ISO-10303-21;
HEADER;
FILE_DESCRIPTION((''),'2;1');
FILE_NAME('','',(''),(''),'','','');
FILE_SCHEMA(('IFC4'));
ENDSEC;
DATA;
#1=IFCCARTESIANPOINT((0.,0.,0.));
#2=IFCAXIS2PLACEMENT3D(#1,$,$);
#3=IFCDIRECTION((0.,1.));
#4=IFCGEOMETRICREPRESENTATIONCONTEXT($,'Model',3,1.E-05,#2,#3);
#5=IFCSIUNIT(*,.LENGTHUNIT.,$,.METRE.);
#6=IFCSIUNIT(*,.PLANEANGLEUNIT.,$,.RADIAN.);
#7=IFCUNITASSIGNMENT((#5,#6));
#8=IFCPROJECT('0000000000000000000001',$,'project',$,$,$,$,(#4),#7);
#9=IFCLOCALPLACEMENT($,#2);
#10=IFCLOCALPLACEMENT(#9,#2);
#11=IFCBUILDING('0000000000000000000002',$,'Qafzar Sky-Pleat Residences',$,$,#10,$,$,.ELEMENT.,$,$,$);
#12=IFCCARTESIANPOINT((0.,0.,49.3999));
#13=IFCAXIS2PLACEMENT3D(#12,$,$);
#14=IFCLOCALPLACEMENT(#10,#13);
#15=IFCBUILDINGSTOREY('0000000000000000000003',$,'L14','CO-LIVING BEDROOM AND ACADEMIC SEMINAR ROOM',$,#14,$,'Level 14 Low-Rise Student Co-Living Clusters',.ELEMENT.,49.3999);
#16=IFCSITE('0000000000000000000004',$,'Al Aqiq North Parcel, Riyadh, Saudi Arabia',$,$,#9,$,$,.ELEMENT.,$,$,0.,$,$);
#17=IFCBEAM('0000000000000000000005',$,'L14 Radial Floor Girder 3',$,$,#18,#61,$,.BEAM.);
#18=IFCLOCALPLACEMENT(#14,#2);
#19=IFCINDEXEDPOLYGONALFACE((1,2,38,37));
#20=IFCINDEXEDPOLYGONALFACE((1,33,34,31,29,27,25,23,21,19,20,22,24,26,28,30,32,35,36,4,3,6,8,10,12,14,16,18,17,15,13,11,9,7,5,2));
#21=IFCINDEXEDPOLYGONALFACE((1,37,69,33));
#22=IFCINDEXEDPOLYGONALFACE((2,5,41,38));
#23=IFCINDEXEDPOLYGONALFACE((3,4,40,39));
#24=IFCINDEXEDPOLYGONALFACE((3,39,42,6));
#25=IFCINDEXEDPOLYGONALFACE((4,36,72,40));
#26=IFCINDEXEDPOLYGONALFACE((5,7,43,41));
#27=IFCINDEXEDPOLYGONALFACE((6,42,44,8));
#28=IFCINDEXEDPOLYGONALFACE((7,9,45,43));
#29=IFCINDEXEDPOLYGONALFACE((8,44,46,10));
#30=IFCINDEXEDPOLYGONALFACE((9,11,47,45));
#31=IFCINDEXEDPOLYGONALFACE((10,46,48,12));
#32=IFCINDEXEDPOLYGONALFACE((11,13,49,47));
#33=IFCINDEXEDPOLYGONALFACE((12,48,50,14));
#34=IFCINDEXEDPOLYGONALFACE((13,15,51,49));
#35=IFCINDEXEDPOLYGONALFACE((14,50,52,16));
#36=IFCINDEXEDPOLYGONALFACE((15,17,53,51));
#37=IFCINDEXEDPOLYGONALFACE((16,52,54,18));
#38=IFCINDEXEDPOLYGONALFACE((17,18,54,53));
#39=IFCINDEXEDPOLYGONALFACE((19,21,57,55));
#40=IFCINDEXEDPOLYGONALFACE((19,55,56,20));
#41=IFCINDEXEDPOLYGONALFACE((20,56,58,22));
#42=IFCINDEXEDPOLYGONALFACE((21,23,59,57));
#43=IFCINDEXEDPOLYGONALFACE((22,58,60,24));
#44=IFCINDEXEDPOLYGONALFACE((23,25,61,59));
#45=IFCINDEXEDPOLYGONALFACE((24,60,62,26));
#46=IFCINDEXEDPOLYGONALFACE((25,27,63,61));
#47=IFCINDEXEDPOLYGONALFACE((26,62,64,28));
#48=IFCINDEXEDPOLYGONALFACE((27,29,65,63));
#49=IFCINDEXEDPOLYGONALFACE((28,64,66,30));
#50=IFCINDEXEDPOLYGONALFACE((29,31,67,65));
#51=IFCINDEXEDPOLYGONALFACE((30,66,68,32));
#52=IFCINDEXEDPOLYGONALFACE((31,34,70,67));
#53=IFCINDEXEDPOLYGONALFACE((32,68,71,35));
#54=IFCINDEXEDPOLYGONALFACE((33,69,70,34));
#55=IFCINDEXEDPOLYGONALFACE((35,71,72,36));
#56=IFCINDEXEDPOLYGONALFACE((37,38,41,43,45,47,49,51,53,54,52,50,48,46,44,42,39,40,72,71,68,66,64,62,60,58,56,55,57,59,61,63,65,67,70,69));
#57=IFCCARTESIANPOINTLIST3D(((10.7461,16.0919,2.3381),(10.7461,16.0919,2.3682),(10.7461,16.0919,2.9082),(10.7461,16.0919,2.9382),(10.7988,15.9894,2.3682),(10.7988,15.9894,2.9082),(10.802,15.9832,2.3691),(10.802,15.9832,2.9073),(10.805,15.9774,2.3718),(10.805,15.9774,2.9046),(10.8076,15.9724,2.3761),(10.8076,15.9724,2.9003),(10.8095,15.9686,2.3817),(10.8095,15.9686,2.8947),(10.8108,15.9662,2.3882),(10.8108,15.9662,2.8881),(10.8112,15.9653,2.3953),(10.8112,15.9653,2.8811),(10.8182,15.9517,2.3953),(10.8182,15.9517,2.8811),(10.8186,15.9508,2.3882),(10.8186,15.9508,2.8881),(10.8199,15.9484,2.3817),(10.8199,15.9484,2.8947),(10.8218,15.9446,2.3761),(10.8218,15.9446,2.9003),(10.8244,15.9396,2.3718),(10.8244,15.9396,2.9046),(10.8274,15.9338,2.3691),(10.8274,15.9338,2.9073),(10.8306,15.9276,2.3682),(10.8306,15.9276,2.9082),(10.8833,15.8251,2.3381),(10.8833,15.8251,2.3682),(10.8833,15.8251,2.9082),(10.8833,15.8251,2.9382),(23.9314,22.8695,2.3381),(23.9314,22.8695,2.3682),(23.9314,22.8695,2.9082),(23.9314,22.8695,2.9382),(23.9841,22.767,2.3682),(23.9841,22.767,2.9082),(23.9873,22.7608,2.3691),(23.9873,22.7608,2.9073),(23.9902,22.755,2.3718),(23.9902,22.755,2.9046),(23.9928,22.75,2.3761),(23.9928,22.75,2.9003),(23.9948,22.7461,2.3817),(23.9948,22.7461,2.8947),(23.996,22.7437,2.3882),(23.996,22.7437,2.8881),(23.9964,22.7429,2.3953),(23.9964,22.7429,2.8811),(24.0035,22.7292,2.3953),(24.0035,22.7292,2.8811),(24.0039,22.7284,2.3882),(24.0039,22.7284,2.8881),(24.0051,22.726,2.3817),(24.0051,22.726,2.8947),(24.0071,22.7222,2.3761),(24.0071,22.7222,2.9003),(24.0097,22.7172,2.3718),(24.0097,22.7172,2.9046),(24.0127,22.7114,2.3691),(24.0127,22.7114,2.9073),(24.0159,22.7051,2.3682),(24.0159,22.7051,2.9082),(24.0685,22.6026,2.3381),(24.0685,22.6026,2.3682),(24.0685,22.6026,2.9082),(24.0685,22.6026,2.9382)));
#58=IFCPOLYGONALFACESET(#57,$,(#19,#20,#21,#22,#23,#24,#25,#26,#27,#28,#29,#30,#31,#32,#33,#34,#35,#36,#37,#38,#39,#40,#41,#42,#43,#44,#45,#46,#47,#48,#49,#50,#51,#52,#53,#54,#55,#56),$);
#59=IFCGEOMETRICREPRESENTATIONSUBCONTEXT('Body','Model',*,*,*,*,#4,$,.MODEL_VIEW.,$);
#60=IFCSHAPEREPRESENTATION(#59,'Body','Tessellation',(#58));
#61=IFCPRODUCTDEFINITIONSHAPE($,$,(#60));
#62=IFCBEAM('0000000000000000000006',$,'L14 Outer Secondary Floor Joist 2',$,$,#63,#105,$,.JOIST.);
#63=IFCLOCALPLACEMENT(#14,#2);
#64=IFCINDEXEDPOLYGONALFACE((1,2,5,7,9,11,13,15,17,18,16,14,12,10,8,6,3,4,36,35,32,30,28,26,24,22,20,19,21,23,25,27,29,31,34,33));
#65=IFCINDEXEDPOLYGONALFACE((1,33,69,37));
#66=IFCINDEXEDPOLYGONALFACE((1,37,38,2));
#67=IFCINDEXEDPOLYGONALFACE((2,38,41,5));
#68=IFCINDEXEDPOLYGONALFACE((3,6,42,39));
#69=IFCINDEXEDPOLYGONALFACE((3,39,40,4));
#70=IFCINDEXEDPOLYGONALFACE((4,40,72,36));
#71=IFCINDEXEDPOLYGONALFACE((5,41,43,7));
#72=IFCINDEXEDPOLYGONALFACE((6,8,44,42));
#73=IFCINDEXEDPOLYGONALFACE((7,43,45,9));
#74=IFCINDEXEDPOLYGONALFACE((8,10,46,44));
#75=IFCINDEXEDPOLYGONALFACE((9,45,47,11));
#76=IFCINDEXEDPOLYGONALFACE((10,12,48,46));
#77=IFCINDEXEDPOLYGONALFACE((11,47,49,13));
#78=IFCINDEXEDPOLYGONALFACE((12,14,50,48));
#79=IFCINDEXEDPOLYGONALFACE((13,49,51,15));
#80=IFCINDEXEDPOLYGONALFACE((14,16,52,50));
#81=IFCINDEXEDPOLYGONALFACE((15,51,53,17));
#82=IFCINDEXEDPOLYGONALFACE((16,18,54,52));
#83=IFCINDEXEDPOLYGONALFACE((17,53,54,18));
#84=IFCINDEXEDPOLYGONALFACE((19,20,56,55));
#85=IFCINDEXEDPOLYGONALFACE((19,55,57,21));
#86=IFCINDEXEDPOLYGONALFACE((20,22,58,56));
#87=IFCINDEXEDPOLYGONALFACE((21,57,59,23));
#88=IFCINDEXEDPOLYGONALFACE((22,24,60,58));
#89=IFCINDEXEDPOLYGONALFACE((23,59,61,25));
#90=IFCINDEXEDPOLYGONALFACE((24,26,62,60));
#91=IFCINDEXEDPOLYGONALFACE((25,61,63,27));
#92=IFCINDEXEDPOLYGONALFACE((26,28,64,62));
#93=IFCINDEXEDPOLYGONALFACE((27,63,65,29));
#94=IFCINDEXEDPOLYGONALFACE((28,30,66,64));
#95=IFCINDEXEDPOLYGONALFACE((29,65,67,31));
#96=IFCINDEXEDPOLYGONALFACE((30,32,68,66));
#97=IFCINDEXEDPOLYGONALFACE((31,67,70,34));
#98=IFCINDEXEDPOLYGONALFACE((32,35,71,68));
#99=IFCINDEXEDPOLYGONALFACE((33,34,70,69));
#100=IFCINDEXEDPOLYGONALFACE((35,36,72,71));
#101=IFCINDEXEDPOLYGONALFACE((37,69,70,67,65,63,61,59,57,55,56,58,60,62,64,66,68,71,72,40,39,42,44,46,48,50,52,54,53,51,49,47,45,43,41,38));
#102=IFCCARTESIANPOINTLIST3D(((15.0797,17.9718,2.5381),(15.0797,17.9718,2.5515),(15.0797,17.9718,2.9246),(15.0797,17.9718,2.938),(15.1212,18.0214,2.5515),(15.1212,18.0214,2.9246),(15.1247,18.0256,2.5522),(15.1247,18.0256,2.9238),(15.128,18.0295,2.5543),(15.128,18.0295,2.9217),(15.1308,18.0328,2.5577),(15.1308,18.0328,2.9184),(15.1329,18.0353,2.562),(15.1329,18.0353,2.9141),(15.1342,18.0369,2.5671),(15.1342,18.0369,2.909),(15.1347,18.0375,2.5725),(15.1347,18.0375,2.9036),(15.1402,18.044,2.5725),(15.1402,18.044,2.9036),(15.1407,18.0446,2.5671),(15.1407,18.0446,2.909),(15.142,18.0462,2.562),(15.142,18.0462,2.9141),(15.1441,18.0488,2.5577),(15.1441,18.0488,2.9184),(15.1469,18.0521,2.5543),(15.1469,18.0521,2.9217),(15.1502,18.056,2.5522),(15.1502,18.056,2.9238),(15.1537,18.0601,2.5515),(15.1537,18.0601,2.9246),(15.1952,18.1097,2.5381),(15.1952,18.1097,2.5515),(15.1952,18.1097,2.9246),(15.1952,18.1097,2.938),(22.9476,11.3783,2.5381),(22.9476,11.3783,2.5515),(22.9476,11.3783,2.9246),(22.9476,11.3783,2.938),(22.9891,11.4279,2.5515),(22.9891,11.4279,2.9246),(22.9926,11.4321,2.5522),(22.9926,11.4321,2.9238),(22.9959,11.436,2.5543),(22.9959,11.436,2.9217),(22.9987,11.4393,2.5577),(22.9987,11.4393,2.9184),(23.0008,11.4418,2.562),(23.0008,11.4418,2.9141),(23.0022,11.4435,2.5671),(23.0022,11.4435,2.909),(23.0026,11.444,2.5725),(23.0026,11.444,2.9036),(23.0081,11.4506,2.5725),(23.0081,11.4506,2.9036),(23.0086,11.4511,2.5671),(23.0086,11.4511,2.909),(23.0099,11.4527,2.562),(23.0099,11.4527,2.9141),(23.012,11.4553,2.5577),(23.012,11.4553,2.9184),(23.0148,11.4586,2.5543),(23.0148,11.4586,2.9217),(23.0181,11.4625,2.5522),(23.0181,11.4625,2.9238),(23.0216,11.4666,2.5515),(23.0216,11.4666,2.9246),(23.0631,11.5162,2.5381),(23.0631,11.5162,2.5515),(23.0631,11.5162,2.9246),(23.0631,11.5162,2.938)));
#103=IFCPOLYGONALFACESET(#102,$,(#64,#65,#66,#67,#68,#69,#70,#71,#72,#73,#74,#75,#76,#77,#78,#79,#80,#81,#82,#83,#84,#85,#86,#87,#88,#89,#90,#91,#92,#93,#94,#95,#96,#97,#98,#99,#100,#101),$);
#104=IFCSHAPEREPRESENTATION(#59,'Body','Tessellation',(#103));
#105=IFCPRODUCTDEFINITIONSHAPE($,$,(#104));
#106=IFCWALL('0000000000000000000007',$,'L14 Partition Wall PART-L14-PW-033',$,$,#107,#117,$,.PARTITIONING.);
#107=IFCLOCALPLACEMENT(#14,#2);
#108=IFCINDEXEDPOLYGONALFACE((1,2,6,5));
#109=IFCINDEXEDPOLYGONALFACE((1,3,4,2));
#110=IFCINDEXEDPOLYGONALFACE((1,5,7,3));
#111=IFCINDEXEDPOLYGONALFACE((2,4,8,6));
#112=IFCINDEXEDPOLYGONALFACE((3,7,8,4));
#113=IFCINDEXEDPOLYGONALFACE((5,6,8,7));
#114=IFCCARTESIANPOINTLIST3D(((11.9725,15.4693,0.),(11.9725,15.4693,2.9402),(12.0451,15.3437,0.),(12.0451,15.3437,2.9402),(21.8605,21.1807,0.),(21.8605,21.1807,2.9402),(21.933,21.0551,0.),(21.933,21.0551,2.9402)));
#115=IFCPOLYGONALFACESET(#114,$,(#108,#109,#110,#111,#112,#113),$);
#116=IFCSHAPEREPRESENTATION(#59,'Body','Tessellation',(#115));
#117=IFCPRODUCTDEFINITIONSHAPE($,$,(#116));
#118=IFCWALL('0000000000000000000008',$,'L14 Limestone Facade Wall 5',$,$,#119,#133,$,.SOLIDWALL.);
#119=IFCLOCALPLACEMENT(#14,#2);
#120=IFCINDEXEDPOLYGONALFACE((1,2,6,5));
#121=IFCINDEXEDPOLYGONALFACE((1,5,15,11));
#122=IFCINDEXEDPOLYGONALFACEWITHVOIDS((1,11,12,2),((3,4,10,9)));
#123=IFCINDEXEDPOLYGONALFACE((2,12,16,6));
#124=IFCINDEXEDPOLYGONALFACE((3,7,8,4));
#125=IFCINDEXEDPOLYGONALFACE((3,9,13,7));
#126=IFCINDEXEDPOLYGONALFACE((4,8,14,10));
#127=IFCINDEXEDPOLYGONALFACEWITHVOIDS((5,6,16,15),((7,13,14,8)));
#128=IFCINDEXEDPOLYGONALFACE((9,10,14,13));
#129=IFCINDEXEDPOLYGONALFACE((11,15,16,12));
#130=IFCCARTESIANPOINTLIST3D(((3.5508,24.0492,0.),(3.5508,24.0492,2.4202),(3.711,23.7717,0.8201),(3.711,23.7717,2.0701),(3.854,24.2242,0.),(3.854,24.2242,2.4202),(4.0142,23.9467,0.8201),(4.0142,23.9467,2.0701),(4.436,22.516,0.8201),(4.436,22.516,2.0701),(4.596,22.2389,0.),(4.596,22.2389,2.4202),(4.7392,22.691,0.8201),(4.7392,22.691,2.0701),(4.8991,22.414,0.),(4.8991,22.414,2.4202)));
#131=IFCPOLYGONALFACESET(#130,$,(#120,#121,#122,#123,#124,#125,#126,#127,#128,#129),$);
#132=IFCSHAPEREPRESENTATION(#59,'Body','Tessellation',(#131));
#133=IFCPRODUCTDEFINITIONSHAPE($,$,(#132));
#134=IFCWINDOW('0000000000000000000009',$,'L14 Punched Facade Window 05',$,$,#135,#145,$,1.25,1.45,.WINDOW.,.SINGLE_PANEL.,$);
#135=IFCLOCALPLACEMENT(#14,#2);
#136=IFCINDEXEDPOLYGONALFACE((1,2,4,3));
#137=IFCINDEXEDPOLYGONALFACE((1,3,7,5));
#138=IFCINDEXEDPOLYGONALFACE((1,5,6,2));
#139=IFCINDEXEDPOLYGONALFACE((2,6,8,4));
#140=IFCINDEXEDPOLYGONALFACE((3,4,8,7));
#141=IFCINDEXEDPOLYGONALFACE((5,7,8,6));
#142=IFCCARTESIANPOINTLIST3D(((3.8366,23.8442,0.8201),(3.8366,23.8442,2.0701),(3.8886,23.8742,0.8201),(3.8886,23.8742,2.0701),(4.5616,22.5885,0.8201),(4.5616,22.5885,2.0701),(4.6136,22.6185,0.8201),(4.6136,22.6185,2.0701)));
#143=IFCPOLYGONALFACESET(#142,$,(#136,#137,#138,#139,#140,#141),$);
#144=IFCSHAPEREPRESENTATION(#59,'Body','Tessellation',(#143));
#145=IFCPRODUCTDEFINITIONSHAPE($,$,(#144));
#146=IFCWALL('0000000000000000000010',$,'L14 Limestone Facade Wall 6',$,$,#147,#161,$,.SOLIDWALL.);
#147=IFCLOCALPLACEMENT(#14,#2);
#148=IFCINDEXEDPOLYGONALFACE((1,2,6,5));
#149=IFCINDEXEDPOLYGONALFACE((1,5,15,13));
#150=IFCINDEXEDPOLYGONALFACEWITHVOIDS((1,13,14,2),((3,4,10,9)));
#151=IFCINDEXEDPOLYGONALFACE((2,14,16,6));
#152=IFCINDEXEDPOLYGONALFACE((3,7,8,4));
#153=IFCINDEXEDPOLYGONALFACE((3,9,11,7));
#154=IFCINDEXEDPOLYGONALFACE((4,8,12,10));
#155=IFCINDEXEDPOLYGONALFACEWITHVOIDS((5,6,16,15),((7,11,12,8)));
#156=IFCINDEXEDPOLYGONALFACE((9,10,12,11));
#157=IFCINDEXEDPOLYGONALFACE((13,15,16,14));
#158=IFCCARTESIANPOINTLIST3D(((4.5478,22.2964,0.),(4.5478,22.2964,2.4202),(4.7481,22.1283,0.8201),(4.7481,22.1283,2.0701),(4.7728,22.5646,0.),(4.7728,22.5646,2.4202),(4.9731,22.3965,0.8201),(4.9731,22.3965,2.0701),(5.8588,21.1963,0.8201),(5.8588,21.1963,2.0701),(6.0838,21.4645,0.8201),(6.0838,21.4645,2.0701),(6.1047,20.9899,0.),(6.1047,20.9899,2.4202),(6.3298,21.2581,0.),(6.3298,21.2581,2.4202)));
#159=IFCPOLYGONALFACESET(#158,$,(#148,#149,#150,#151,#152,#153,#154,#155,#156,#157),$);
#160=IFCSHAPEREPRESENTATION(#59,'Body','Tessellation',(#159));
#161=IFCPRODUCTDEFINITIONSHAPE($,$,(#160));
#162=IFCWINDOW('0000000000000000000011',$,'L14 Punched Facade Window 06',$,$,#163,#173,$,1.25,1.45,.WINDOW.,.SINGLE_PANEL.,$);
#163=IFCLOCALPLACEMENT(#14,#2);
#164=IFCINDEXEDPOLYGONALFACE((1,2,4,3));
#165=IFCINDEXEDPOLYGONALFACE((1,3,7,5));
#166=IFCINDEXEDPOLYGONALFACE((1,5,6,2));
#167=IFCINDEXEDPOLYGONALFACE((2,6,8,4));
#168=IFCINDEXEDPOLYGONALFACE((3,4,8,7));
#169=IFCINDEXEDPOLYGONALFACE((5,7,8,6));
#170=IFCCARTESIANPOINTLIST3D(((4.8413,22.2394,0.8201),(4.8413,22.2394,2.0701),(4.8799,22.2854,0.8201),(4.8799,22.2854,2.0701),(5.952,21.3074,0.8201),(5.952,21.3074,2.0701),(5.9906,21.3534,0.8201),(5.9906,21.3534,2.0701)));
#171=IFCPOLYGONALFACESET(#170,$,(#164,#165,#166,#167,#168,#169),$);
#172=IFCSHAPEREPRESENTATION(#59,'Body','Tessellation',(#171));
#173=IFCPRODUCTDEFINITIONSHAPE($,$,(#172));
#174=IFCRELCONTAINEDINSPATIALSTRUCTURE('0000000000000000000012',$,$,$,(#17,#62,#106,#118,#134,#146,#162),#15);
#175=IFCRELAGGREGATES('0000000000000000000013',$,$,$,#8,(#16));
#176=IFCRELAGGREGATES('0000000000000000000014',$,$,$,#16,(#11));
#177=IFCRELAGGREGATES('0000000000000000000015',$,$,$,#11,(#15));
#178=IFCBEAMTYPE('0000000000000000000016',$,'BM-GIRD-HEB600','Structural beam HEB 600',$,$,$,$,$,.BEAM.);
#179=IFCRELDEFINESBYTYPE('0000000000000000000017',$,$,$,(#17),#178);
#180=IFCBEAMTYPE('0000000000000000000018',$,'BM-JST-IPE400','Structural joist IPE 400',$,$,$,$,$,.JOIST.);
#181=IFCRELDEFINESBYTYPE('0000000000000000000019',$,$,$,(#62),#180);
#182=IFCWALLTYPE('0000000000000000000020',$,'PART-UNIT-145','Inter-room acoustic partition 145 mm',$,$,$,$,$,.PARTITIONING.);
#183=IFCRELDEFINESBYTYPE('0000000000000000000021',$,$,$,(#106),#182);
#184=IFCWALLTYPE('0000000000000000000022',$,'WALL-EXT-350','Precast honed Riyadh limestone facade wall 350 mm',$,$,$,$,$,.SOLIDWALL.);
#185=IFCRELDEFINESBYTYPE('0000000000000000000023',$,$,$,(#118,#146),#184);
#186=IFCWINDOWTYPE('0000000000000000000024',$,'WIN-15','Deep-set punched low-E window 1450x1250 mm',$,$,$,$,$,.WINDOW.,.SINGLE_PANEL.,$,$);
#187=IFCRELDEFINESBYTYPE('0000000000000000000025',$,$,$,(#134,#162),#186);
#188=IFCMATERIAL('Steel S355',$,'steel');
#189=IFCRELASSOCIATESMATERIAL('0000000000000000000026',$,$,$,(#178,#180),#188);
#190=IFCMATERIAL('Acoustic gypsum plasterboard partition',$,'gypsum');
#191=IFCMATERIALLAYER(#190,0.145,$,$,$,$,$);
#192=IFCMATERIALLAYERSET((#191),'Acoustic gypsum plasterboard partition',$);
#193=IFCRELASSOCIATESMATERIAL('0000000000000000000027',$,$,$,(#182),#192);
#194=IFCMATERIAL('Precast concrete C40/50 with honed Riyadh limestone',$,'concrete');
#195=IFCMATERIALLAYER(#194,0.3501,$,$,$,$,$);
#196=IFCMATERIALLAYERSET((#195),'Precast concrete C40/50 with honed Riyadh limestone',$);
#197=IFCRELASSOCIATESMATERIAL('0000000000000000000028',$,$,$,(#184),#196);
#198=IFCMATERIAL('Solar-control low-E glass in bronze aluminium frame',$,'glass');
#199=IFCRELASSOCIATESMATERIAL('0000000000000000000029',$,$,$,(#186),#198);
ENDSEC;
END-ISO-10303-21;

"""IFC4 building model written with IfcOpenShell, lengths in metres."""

from ifc_helpers import new_model, si_unit, direction, frame, frame_2d, origin, origin_2d, place, context, subcontext, project, spatial, rectangle, i_section, extrude, source, transform, mapped, material, layer, layer_set, material_profile, profile_set, type_object, element, fill, save


model = new_model("IFC4")

# Units and contexts
model_context = context("Model", 3, precision=1e-05, world=origin(), true_north=direction((0.0, 1.0)))
body_context = subcontext(model_context, "Body", "Model", "MODEL_VIEW")
ifc_project = project(units=[si_unit("LENGTHUNIT", "METRE"), si_unit("PLANEANGLEUNIT", "RADIAN")], contexts=[model_context])

# Site, building, storey
site_placement = place(None, origin())
site = spatial("IfcSite", under=ifc_project, at=site_placement, Name="Al Aqiq North Parcel, Riyadh, Saudi Arabia", CompositionType="ELEMENT", RefElevation=0.0)
building_placement = place(site_placement, origin())
building = spatial("IfcBuilding", under=site, at=building_placement, Name="Qafzar Sky-Pleat Residences", CompositionType="ELEMENT")
storey_placement = place(building_placement, frame((0.0, 0.0, 49.3999)))
storey = spatial("IfcBuildingStorey", under=building, at=storey_placement, Name="L14", Description="CO-LIVING BEDROOM AND ACADEMIC SEMINAR ROOM", LongName="Level 14 Low-Rise Student Co-Living Clusters", CompositionType="ELEMENT", Elevation=49.3999)

# Beams
ifc_material_1 = material(Name="Steel S355", Category="steel")
ifc_material_profile_1 = material_profile(ifc_material_1, i_section(OverallWidth=0.3, OverallDepth=0.6001, WebThickness=0.0154, FlangeThickness=0.03, FilletRadius=0.0271, at=origin_2d()), Name="HEB 600")
ifc_profile_set_1 = profile_set([ifc_material_profile_1], Name="Steel S355")
beam_type_1 = type_object("IfcBeamType", Name="BM-GIRD-HEB600", Description="Structural beam HEB 600", PredefinedType="BEAM", material=ifc_profile_set_1)
shared_shape_1 = source(origin(), body_context, "Body", "SweptSolid", [
    extrude(i_section(OverallWidth=0.3, OverallDepth=0.6001, WebThickness=0.0154, FlangeThickness=0.03, FilletRadius=0.0271, at=origin_2d()), origin(), (0.0, 0.0, 1.0), 14.8252),
])
beam_1_placement = place(storey_placement, frame((10.8147, 15.9585, 2.6382), z_axis=(0.889382, 0.457165, 0.0), x_axis=(-0.457165, 0.889382, 0.0)))
element("IfcBeam", 1, at=beam_1_placement, inside=storey, type_object=beam_type_1, Name="L14 Radial Floor Girder 3", PredefinedType="BEAM", context=body_context, shape_type="MappedRepresentation", body=[
    mapped(shared_shape_1, transform((0.0, 0.0, 0.0), x_axis=(1.0, 0.0, 0.0), y_axis=(0.0, 1.0, 0.0), z_axis=(0.0, 0.0, 1.0), scale=1.0)),
])
ifc_material_profile_2 = material_profile(ifc_material_1, i_section(OverallWidth=0.1799, OverallDepth=0.3999, WebThickness=0.0085, FlangeThickness=0.0134, FilletRadius=0.021, at=origin_2d()), Name="IPE 400")
ifc_profile_set_2 = profile_set([ifc_material_profile_2], Name="Steel S355")
beam_type_2 = type_object("IfcBeamType", Name="BM-JST-IPE400", Description="Structural joist IPE 400", PredefinedType="JOIST", material=ifc_profile_set_2)
shared_shape_2 = source(origin(), body_context, "Body", "SweptSolid", [
    extrude(i_section(OverallWidth=0.1799, OverallDepth=0.3999, WebThickness=0.0085, FlangeThickness=0.0134, FilletRadius=0.021, at=origin_2d()), origin(), (0.0, 0.0, 1.0), 10.2654),
])
beam_2_placement = place(storey_placement, frame((15.1375, 18.0408, 2.738), z_axis=(0.76645, -0.642304, 0.0), x_axis=(0.642304, 0.76645, 0.0)))
element("IfcBeam", 2, at=beam_2_placement, inside=storey, type_object=beam_type_2, Name="L14 Outer Secondary Floor Joist 2", PredefinedType="JOIST", context=body_context, shape_type="MappedRepresentation", body=[
    mapped(shared_shape_2, transform((0.0, 0.0, 0.0), x_axis=(1.0, 0.0, 0.0), y_axis=(0.0, 1.0, 0.0), z_axis=(0.0, 0.0, 1.0), scale=1.0)),
])

# Wall
ifc_material_2 = material(Name="Acoustic gypsum plasterboard partition", Category="gypsum")
ifc_layer_1 = layer(ifc_material_2, 0.145)
ifc_layer_set_1 = layer_set([ifc_layer_1], Name="Acoustic gypsum plasterboard partition")
wall_type_1 = type_object("IfcWallType", Name="PART-UNIT-145", Description="Inter-room acoustic partition 145 mm", PredefinedType="PARTITIONING", material=ifc_layer_set_1)
wall_1_placement = place(storey_placement, frame((12.0088, 15.4065, 0.0), z_axis=(0.0, 0.0, 1.0), x_axis=(0.865926, 0.500172, 0.0)))
element("IfcWall", 3, at=wall_1_placement, inside=storey, type_object=wall_type_1, Name="L14 Partition Wall PART-L14-PW-033", PredefinedType="PARTITIONING", context=body_context, shape_type="SweptSolid", body=[
    extrude(rectangle(XDim=11.4189, YDim=0.145, at=frame_2d((5.7095, 0.0))), origin(), (0.0, 0.0, 1.0), 2.9402),
])

# Walls, openings, windows
ifc_material_3 = material(Name="Precast concrete C40/50 with honed Riyadh limestone", Category="concrete")
ifc_layer_2 = layer(ifc_material_3, 0.3501)
ifc_layer_set_2 = layer_set([ifc_layer_2], Name="Precast concrete C40/50 with honed Riyadh limestone")
wall_type_2 = type_object("IfcWallType", Name="WALL-EXT-350", Description="Precast honed Riyadh limestone facade wall 350 mm", PredefinedType="SOLIDWALL", material=ifc_layer_set_2)
wall_2_placement = place(storey_placement, frame((3.7024, 24.1367, 0.0), z_axis=(0.0, 0.0, 1.0), x_axis=(0.499995, -0.866028, 0.0)))
wall_2 = element("IfcWall", 4, at=wall_2_placement, inside=storey, type_object=wall_type_2, Name="L14 Limestone Facade Wall 5", PredefinedType="SOLIDWALL", context=body_context, shape_type="SweptSolid", body=[
    extrude(rectangle(XDim=2.0903, YDim=0.3501, at=frame_2d((1.0452, 0.0))), origin(), (0.0, 0.0, 1.0), 2.4202),
])
opening_1_placement = place(wall_2_placement, frame((0.3203, 0.0, 0.8201)))
opening_1 = element("IfcOpeningElement", 5, at=opening_1_placement, cuts=wall_2, PredefinedType="OPENING", context=body_context, shape_type="SweptSolid", body=[
    extrude(rectangle(XDim=1.45, YDim=1.25, at=frame_2d((0.7251, 0.625))), frame((0.0, 0.1851, 0.0), z_axis=(0.0, -1.0, 0.0), x_axis=(1.0, 0.0, 0.0)), (0.0, 0.0, 1.0), 0.3701),
])
ifc_material_4 = material(Name="Solar-control low-E glass in bronze aluminium frame", Category="glass")
window_type = type_object("IfcWindowType", Name="WIN-15", Description="Deep-set punched low-E window 1450x1250 mm", PartitioningType="SINGLE_PANEL", PredefinedType="WINDOW", material=ifc_material_4)
shared_shape_3 = source(origin(), body_context, "Body", "SweptSolid", [
    extrude(rectangle(XDim=1.45, YDim=1.25, at=frame_2d((0.7251, 0.625))), frame((0.0, 0.03, 0.0), z_axis=(0.0, -1.0, 0.0), x_axis=(1.0, 0.0, 0.0)), (0.0, 0.0, 1.0), 0.0601),
])
window_1_placement = place(opening_1_placement, origin())
window_1 = element("IfcWindow", 6, at=window_1_placement, inside=storey, type_object=window_type, Name="L14 Punched Facade Window 05", OverallHeight=1.25, OverallWidth=1.45, PartitioningType="SINGLE_PANEL", PredefinedType="WINDOW", context=body_context, shape_type="MappedRepresentation", body=[
    mapped(shared_shape_3, transform((0.0, 0.0, 0.0), x_axis=(1.0, 0.0, 0.0), y_axis=(0.0, 1.0, 0.0), z_axis=(0.0, 0.0, 1.0), scale=1.0)),
])
fill(opening_1, window_1)
wall_3_placement = place(storey_placement, frame((4.6604, 22.4304, 0.0), z_axis=(0.0, 0.0, 1.0), x_axis=(0.766041, -0.642792, 0.0)))
wall_3 = element("IfcWall", 7, at=wall_3_placement, inside=storey, type_object=wall_type_2, Name="L14 Limestone Facade Wall 6", PredefinedType="SOLIDWALL", context=body_context, shape_type="SweptSolid", body=[
    extrude(rectangle(XDim=2.0325, YDim=0.3501, at=frame_2d((1.0161, 0.0))), origin(), (0.0, 0.0, 1.0), 2.4202),
])
opening_2_placement = place(wall_3_placement, frame((0.2612, 0.0, 0.8201)))
opening_2 = element("IfcOpeningElement", 8, at=opening_2_placement, cuts=wall_3, PredefinedType="OPENING", context=body_context, shape_type="SweptSolid", body=[
    extrude(rectangle(XDim=1.45, YDim=1.25, at=frame_2d((0.7251, 0.625))), frame((0.0, 0.1851, 0.0), z_axis=(0.0, -1.0, 0.0), x_axis=(1.0, 0.0, 0.0)), (0.0, 0.0, 1.0), 0.3701),
])
window_2_placement = place(opening_2_placement, origin())
window_2 = element("IfcWindow", 9, at=window_2_placement, inside=storey, type_object=window_type, Name="L14 Punched Facade Window 06", OverallHeight=1.25, OverallWidth=1.45, PartitioningType="SINGLE_PANEL", PredefinedType="WINDOW", context=body_context, shape_type="MappedRepresentation", body=[
    mapped(shared_shape_3, transform((0.0, 0.0, 0.0), x_axis=(1.0, 0.0, 0.0), y_axis=(0.0, 1.0, 0.0), z_axis=(0.0, 0.0, 1.0), scale=1.0)),
])
fill(opening_2, window_2)

save(model, "model.ifc")
